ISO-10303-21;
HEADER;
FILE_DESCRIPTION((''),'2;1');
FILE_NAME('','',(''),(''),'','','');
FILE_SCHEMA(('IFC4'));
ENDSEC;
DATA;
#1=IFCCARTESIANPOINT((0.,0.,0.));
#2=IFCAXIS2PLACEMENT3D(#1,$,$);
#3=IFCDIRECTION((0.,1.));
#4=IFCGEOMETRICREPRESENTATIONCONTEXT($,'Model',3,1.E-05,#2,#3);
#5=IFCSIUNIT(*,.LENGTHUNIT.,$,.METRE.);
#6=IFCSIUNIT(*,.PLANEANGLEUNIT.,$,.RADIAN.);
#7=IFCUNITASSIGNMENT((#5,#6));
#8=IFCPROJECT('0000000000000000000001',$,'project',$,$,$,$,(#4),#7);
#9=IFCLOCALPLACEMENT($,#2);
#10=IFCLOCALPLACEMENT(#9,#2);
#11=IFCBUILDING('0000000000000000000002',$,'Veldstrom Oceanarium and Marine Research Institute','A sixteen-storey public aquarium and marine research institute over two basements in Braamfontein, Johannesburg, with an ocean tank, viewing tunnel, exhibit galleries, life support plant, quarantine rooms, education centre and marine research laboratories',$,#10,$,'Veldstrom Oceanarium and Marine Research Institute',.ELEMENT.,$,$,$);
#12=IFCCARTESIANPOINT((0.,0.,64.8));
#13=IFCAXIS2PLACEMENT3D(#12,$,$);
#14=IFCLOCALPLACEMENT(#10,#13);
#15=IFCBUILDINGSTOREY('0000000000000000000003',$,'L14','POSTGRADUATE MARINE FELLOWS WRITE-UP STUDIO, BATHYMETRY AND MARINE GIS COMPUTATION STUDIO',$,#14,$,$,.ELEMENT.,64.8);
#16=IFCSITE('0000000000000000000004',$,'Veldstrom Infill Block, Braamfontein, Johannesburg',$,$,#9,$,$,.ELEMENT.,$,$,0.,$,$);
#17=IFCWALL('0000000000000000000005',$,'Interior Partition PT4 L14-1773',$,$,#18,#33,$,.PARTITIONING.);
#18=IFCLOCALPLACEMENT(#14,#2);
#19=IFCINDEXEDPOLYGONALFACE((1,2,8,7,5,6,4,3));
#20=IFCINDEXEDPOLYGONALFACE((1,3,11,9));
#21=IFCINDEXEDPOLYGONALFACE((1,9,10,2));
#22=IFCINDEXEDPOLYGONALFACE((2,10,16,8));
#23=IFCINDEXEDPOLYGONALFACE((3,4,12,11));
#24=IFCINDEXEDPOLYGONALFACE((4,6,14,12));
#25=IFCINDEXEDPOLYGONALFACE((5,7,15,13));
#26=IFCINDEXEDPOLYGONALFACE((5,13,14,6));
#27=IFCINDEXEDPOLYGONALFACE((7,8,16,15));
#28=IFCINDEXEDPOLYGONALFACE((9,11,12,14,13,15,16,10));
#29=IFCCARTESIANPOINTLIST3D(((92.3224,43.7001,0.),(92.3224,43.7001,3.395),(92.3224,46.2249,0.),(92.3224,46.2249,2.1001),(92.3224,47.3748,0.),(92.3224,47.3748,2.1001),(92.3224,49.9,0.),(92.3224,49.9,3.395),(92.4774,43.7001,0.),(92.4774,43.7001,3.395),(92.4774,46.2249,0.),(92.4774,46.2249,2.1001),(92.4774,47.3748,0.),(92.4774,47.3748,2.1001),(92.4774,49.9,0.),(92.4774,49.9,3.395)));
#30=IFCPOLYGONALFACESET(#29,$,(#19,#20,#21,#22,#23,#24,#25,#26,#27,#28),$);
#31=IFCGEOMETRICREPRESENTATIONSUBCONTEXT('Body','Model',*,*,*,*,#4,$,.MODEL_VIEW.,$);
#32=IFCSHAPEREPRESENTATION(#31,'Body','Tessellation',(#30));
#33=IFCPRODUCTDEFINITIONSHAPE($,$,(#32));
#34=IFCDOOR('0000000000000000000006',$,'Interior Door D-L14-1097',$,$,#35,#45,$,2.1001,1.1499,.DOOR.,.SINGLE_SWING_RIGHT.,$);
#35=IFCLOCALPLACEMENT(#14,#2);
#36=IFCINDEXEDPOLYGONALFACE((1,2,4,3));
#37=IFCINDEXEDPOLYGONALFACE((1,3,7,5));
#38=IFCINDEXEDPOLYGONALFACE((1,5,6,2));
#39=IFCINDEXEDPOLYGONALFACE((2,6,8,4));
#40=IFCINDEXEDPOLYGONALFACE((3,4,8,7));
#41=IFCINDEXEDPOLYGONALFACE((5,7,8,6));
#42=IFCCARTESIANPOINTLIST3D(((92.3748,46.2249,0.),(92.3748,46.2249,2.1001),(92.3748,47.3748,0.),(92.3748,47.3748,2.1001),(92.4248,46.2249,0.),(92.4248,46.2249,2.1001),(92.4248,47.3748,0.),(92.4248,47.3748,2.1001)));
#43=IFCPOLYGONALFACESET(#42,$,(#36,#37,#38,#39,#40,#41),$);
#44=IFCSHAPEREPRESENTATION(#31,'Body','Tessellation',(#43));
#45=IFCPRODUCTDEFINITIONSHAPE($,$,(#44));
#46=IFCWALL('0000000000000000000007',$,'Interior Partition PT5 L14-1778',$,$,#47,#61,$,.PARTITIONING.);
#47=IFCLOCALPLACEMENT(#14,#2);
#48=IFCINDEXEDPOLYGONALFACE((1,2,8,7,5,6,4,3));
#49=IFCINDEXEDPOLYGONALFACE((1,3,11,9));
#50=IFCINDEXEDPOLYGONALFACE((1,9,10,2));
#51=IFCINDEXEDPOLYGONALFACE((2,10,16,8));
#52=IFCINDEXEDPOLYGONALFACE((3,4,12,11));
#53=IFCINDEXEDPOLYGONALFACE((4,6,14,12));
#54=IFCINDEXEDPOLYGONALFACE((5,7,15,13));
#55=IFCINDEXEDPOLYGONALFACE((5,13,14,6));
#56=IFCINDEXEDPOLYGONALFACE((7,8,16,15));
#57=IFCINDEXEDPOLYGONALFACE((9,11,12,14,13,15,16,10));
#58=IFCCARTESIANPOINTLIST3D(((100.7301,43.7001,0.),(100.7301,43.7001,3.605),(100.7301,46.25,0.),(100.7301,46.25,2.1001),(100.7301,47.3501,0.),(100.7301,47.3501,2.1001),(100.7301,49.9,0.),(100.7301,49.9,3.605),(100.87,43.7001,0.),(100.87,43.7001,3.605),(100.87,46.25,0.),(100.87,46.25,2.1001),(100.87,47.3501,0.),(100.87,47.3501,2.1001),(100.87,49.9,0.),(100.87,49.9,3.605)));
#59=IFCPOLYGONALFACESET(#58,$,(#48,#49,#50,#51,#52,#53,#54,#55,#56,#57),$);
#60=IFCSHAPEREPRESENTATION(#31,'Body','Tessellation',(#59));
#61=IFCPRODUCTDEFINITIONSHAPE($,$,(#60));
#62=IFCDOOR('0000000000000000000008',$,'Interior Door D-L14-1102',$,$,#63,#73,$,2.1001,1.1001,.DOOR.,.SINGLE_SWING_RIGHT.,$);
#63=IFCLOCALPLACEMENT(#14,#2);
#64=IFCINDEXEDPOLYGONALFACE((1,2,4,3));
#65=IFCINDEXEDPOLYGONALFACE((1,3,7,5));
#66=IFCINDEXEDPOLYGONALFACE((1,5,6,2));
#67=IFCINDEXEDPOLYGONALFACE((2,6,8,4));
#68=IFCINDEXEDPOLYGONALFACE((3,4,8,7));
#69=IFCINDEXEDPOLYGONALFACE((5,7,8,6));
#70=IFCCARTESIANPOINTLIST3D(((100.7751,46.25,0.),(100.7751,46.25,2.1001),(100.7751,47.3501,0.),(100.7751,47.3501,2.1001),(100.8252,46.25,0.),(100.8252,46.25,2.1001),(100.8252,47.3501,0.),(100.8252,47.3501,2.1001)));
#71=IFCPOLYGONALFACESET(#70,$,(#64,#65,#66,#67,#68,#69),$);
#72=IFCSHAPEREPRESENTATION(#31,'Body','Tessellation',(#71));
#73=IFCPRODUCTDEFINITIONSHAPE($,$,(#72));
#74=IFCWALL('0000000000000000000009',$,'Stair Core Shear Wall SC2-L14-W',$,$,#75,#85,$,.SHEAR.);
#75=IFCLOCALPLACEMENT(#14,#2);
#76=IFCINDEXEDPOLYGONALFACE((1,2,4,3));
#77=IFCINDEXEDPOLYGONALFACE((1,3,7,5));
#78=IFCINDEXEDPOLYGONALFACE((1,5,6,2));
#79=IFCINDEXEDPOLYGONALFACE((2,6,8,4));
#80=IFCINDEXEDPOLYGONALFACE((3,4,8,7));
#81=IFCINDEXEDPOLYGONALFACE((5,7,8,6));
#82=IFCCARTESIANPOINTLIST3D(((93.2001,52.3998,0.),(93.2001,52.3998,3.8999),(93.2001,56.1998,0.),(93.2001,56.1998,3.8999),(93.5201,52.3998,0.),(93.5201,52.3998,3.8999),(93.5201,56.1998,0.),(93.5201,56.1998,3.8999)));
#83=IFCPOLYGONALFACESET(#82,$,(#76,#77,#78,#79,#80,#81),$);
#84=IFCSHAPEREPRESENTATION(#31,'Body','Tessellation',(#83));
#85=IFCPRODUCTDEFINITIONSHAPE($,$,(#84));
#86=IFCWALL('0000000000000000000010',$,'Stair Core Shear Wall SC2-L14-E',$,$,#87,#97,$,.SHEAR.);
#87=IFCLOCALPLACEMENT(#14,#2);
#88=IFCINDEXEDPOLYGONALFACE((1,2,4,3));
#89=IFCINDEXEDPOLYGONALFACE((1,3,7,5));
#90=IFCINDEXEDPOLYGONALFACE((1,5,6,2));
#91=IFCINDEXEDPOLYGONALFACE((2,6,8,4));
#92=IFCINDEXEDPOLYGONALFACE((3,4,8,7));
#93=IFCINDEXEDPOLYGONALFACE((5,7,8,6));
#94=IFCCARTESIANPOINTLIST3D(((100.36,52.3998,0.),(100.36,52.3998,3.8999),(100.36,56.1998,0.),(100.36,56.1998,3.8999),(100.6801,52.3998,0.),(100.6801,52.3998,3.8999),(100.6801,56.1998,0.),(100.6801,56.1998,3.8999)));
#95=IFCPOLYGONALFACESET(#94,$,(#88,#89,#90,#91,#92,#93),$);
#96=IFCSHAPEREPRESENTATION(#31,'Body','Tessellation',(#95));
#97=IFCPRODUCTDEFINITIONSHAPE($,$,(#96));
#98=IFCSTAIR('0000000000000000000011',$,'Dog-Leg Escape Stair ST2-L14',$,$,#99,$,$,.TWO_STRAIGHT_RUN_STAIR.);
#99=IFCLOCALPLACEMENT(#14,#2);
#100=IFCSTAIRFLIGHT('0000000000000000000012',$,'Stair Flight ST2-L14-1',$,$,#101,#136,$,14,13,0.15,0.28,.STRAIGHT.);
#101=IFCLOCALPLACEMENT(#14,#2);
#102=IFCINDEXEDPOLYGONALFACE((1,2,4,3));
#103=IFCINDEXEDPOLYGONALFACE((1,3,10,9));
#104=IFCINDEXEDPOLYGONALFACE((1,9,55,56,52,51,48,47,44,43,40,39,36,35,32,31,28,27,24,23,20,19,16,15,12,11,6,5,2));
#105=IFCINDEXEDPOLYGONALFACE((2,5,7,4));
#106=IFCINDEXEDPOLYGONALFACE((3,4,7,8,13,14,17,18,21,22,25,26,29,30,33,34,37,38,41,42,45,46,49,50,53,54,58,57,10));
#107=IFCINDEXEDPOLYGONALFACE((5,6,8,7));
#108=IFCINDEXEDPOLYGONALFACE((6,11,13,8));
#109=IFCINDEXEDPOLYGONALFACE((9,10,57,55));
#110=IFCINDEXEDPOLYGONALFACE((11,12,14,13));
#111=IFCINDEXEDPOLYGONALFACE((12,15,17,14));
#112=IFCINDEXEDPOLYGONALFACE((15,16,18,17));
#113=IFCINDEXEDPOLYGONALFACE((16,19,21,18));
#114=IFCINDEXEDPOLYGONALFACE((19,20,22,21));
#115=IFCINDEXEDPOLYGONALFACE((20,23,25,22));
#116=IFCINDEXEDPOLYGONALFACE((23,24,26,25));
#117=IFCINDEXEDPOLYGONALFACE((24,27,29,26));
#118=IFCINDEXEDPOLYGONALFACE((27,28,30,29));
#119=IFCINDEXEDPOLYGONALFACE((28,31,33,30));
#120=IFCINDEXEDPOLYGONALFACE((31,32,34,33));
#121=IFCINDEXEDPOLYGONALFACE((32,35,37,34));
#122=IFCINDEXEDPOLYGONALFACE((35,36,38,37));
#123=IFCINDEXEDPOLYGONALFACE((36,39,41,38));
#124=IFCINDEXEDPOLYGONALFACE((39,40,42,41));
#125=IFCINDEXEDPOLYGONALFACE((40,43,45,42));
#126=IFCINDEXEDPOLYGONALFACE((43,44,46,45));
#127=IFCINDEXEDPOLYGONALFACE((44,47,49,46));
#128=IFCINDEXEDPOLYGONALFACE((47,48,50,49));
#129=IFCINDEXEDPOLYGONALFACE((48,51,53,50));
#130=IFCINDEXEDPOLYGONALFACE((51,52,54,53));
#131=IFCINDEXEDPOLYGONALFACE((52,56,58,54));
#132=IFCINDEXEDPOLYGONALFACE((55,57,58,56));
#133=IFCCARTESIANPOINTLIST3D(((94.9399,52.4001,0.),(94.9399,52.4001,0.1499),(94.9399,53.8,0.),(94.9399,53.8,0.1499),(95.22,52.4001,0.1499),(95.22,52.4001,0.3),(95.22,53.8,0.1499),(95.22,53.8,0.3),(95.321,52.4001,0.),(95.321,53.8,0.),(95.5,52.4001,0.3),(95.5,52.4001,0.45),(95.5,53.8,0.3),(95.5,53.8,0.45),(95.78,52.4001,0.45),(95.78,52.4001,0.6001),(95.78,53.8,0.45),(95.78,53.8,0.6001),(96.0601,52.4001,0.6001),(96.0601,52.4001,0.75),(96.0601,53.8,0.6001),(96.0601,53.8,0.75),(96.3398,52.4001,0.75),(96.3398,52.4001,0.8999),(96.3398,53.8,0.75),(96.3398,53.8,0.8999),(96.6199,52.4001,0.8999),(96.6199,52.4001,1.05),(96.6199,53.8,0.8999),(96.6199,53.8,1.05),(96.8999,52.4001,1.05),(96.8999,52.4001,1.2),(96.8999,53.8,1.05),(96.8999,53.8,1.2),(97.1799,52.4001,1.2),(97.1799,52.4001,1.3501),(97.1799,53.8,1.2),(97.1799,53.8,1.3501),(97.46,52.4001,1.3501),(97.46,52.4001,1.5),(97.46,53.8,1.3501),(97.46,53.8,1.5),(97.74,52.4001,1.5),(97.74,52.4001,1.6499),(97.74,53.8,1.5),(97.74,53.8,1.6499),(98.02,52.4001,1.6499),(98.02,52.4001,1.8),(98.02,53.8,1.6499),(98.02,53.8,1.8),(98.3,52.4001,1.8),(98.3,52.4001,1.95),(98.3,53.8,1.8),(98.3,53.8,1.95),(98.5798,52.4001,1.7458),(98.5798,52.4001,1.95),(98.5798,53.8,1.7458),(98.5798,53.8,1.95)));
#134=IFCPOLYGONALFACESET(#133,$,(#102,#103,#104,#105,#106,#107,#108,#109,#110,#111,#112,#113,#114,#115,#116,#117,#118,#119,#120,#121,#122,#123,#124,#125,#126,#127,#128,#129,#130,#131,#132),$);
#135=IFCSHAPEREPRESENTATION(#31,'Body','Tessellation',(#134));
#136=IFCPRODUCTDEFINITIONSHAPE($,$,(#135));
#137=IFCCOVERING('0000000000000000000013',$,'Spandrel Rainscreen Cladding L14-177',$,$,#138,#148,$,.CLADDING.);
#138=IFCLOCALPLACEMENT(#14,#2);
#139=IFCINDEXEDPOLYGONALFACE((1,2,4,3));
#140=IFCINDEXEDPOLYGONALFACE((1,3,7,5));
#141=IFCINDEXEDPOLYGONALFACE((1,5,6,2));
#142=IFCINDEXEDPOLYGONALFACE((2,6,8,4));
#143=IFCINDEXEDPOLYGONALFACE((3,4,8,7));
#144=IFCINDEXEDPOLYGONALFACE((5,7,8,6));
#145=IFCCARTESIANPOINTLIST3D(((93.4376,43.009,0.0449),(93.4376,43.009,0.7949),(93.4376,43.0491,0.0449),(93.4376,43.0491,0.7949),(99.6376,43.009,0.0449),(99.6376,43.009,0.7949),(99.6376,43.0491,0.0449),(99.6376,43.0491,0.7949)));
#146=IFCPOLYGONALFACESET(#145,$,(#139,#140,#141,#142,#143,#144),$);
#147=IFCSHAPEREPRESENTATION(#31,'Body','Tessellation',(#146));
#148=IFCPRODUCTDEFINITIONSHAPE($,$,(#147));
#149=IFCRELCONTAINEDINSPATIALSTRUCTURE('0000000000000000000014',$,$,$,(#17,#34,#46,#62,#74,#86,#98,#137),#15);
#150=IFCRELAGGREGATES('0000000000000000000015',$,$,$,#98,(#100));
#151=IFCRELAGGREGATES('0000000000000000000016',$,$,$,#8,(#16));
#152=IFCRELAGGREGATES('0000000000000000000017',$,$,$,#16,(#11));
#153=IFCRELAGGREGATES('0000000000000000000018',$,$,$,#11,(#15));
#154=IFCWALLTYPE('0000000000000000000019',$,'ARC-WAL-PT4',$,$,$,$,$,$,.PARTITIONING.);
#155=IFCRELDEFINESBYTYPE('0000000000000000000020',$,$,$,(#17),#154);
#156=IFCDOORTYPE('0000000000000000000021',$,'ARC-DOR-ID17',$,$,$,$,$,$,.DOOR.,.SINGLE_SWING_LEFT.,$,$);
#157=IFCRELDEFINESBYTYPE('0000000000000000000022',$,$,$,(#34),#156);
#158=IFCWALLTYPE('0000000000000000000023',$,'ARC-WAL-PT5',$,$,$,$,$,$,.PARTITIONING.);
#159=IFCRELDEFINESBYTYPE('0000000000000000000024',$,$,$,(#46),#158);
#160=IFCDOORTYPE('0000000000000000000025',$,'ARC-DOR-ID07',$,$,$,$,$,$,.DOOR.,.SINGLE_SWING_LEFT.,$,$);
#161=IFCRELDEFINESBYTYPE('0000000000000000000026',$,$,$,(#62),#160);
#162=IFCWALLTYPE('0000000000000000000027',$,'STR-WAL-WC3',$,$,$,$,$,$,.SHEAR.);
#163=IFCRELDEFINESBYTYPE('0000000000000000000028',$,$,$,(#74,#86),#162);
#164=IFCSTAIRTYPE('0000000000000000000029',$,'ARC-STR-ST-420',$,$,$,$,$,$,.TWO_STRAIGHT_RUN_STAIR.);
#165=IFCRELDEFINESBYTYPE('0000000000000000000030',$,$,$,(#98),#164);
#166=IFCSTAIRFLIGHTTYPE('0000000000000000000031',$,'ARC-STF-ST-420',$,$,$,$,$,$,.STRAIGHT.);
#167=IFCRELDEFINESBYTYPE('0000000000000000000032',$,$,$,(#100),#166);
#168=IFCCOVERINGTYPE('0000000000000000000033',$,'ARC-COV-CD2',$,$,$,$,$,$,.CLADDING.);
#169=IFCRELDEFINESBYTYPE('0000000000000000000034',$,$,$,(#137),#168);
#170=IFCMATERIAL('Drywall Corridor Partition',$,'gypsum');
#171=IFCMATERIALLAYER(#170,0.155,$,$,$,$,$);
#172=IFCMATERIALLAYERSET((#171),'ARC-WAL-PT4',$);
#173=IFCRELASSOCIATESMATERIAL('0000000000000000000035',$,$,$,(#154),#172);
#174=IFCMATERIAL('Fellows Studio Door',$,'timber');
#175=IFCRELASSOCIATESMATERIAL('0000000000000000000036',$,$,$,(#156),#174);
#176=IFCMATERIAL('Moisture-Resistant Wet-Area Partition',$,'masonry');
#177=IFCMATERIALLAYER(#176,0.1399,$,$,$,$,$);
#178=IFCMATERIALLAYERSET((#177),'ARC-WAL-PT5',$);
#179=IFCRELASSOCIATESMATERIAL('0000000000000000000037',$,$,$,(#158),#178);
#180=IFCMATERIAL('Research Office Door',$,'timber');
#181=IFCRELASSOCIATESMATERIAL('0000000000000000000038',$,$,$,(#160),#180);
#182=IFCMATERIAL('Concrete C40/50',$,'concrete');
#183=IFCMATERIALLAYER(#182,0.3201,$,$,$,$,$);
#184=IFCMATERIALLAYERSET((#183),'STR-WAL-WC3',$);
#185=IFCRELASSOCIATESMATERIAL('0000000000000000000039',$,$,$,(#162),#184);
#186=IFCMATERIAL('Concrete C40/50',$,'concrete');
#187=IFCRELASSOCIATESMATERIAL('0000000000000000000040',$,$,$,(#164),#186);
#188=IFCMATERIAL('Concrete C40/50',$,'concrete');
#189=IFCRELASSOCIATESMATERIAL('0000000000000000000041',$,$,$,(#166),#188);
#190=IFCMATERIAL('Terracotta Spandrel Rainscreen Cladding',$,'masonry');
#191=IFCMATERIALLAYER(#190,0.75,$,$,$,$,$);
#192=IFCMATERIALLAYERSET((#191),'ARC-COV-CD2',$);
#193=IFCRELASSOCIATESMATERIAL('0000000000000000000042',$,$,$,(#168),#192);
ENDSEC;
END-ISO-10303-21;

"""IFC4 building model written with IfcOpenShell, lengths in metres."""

from ifc_helpers import new_model, si_unit, direction, frame, frame_2d, origin, origin_2d, place, context, subcontext, project, spatial, polyline, rectangle, outline, extrude, material, layer, layer_set, type_object, element, fill, aggregate, save


model = new_model("IFC4")

# Units and contexts
model_context = context("Model", 3, precision=1e-05, world=origin(), true_north=direction((0.0, 1.0)))
body_context = subcontext(model_context, "Body", "Model", "MODEL_VIEW")
ifc_project = project(units=[si_unit("LENGTHUNIT", "METRE"), si_unit("PLANEANGLEUNIT", "RADIAN")], contexts=[model_context])

# Site, building, storey
site_placement = place(None, origin())
site = spatial("IfcSite", under=ifc_project, at=site_placement, Name="Veldstrom Infill Block, Braamfontein, Johannesburg", CompositionType="ELEMENT", RefElevation=0.0)
building_placement = place(site_placement, origin())
building = spatial("IfcBuilding", under=site, at=building_placement, Name="Veldstrom Oceanarium and Marine Research Institute", Description="A sixteen-storey public aquarium and marine research institute over two basements in Braamfontein, Johannesburg, with an ocean tank, viewing tunnel, exhibit galleries, life support plant, quarantine rooms, education centre and marine research laboratories", LongName="Veldstrom Oceanarium and Marine Research Institute", CompositionType="ELEMENT")
storey_placement = place(building_placement, frame((0.0, 0.0, 64.8)))
storey = spatial("IfcBuildingStorey", under=building, at=storey_placement, Name="L14", Description="POSTGRADUATE MARINE FELLOWS WRITE-UP STUDIO, BATHYMETRY AND MARINE GIS COMPUTATION STUDIO", CompositionType="ELEMENT", Elevation=64.8)

# Walls, openings, doors
ifc_material_1 = material(Name="Drywall Corridor Partition", Category="gypsum")
ifc_layer_1 = layer(ifc_material_1, 0.155)
ifc_layer_set_1 = layer_set([ifc_layer_1], Name="ARC-WAL-PT4")
wall_type_1 = type_object("IfcWallType", Name="ARC-WAL-PT4", PredefinedType="PARTITIONING", material=ifc_layer_set_1)
wall_1_placement = place(storey_placement, frame((92.3999, 43.7, 0.0), z_axis=(0.0, 0.0, 1.0), x_axis=(0.0, 1.0, 0.0)))
wall_1 = element("IfcWall", 1, at=wall_1_placement, inside=storey, type_object=wall_type_1, Name="Interior Partition PT4 L14-1773", PredefinedType="PARTITIONING", context=body_context, shape_type="SweptSolid", body=[
    extrude(rectangle(XDim=6.2, YDim=0.155, at=frame_2d((3.1001, 0.0))), origin(), (0.0, 0.0, 1.0), 3.395),
])
opening_1_placement = place(wall_1_placement, frame((2.5249, 0.0, 0.0)))
opening_1 = element("IfcOpeningElement", 2, at=opening_1_placement, cuts=wall_1, PredefinedType="OPENING", context=body_context, shape_type="SweptSolid", body=[
    extrude(rectangle(XDim=1.1499, YDim=2.1001, at=frame_2d((0.575, 1.05))), frame((0.0, 0.0874, 0.0), z_axis=(0.0, -1.0, 0.0), x_axis=(1.0, 0.0, 0.0)), (0.0, 0.0, 1.0), 0.175),
])
ifc_material_2 = material(Name="Fellows Studio Door", Category="timber")
door_type_1 = type_object("IfcDoorType", Name="ARC-DOR-ID17", OperationType="SINGLE_SWING_LEFT", PredefinedType="DOOR", material=ifc_material_2)
door_1_placement = place(opening_1_placement, frame((1.1499, 0.0, 0.0), z_axis=(0.0, 0.0, 1.0), x_axis=(-1.0, 0.0, 0.0)))
door_1 = element("IfcDoor", 3, at=door_1_placement, inside=storey, type_object=door_type_1, Name="Interior Door D-L14-1097", OperationType="SINGLE_SWING_RIGHT", OverallHeight=2.1001, OverallWidth=1.1499, PredefinedType="DOOR", context=body_context, shape_type="SweptSolid", body=[
    extrude(rectangle(XDim=1.1499, YDim=2.1001, at=frame_2d((0.575, 1.05))), frame((0.0, 0.0249, 0.0), z_axis=(0.0, -1.0, 0.0), x_axis=(1.0, 0.0, 0.0)), (0.0, 0.0, 1.0), 0.05),
])
fill(opening_1, door_1)
ifc_material_3 = material(Name="Moisture-Resistant Wet-Area Partition", Category="masonry")
ifc_layer_2 = layer(ifc_material_3, 0.1399)
ifc_layer_set_2 = layer_set([ifc_layer_2], Name="ARC-WAL-PT5")
wall_type_2 = type_object("IfcWallType", Name="ARC-WAL-PT5", PredefinedType="PARTITIONING", material=ifc_layer_set_2)
wall_2_placement = place(storey_placement, frame((100.8, 43.7, 0.0), z_axis=(0.0, 0.0, 1.0), x_axis=(0.0, 1.0, 0.0)))
wall_2 = element("IfcWall", 4, at=wall_2_placement, inside=storey, type_object=wall_type_2, Name="Interior Partition PT5 L14-1778", PredefinedType="PARTITIONING", context=body_context, shape_type="SweptSolid", body=[
    extrude(rectangle(XDim=6.2, YDim=0.1399, at=frame_2d((3.1001, 0.0))), origin(), (0.0, 0.0, 1.0), 3.605),
])
opening_2_placement = place(wall_2_placement, frame((2.55, 0.0, 0.0)))
opening_2 = element("IfcOpeningElement", 5, at=opening_2_placement, cuts=wall_2, PredefinedType="OPENING", context=body_context, shape_type="SweptSolid", body=[
    extrude(rectangle(XDim=1.1001, YDim=2.1001, at=frame_2d((0.55, 1.05))), frame((0.0, 0.0798, 0.0), z_axis=(0.0, -1.0, 0.0), x_axis=(1.0, 0.0, 0.0)), (0.0, 0.0, 1.0), 0.1599),
])
ifc_material_4 = material(Name="Research Office Door", Category="timber")
door_type_2 = type_object("IfcDoorType", Name="ARC-DOR-ID07", OperationType="SINGLE_SWING_LEFT", PredefinedType="DOOR", material=ifc_material_4)
door_2_placement = place(opening_2_placement, origin())
door_2 = element("IfcDoor", 6, at=door_2_placement, inside=storey, type_object=door_type_2, Name="Interior Door D-L14-1102", OperationType="SINGLE_SWING_RIGHT", OverallHeight=2.1001, OverallWidth=1.1001, PredefinedType="DOOR", context=body_context, shape_type="SweptSolid", body=[
    extrude(rectangle(XDim=1.1001, YDim=2.1001, at=frame_2d((0.55, 1.05))), frame((0.0, 0.0249, 0.0), z_axis=(0.0, -1.0, 0.0), x_axis=(1.0, 0.0, 0.0)), (0.0, 0.0, 1.0), 0.05),
])
fill(opening_2, door_2)
ifc_material_5 = material(Name="Concrete C40/50", Category="concrete")
ifc_layer_3 = layer(ifc_material_5, 0.3201)
ifc_layer_set_3 = layer_set([ifc_layer_3], Name="STR-WAL-WC3")
wall_type_3 = type_object("IfcWallType", Name="STR-WAL-WC3", PredefinedType="SHEAR", material=ifc_layer_set_3)

# Walls
for number, where, z_axis, x_axis, name in (
    (7, (93.3601, 52.3999, 0.0), (0.0, 0.0, 1.0), (0.0, 1.0, 0.0), "Stair Core Shear Wall SC2-L14-W"),
    (8, (100.52, 52.3999, 0.0), (0.0, 0.0, 1.0), (0.0, 1.0, 0.0), "Stair Core Shear Wall SC2-L14-E"),
):
    element("IfcWall", number, at=place(storey_placement, frame(where, z_axis=z_axis, x_axis=x_axis)), inside=storey, type_object=wall_type_3, Name=name, PredefinedType="SHEAR", context=body_context, shape_type="SweptSolid", body=[
        extrude(rectangle(XDim=3.8, YDim=0.3201, at=frame_2d((1.8999, 0.0))), origin(), (0.0, 0.0, 1.0), 3.8999),
    ])

# Stair, stair flight
ifc_material_6 = material(Name="Concrete C40/50", Category="concrete")
stair_type = type_object("IfcStairType", Name="ARC-STR-ST-420", PredefinedType="TWO_STRAIGHT_RUN_STAIR", material=ifc_material_6)
stair_placement = place(storey_placement, origin())
stair = element("IfcStair", 9, at=stair_placement, inside=storey, type_object=stair_type, Name="Dog-Leg Escape Stair ST2-L14", PredefinedType="TWO_STRAIGHT_RUN_STAIR")
ifc_material_7 = material(Name="Concrete C40/50", Category="concrete")
stair_flight_type = type_object("IfcStairFlightType", Name="ARC-STF-ST-420", PredefinedType="STRAIGHT", material=ifc_material_7)
stair_flight_placement = place(storey_placement, frame((94.9399, 53.1001, 0.0), z_axis=(0.0, 0.0, 1.0), x_axis=(1.0, 0.0, 0.0)))
stair_flight = element("IfcStairFlight", 10, at=stair_flight_placement, type_object=stair_flight_type, Name="Stair Flight ST2-L14-1", NumberOfRisers=14, NumberOfTreads=13, PredefinedType="STRAIGHT", RiserHeight=0.15, TreadLength=0.28, context=body_context, shape_type="SweptSolid", body=[
    extrude(outline(polyline([(0.0, 0.0), (0.0, 0.1499), (0.28, 0.1499), (0.28, 0.3), (0.5601, 0.3), (0.5601, 0.45), (0.8401, 0.45), (0.8401, 0.6001), (1.1201, 0.6001), (1.1201, 0.75), (1.3999, 0.75), (1.3999, 0.8999), (1.6799, 0.8999), (1.6799, 1.05), (1.96, 1.05), (1.96, 1.2), (2.24, 1.2), (2.24, 1.3501), (2.52, 1.3501), (2.52, 1.5), (2.8, 1.5), (2.8, 1.6499), (3.0801, 1.6499), (3.0801, 1.8), (3.3601, 1.8), (3.3601, 1.95), (3.6399, 1.95), (3.6399, 2.1001), (3.6399, 1.7458), (0.3811, 0.0), (0.0, 0.0)])), frame((0.0, 0.7, 0.0), z_axis=(0.0, -1.0, 0.0), x_axis=(1.0, 0.0, 0.0)), (0.0, 0.0, 1.0), 1.3999),
])
aggregate(stair, [stair_flight])

# Covering
ifc_material_8 = material(Name="Terracotta Spandrel Rainscreen Cladding", Category="masonry")
ifc_layer_4 = layer(ifc_material_8, 0.75)
ifc_layer_set_4 = layer_set([ifc_layer_4], Name="ARC-COV-CD2")
covering_type = type_object("IfcCoveringType", Name="ARC-COV-CD2", PredefinedType="CLADDING", material=ifc_layer_set_4)
covering_placement = place(storey_placement, frame((96.5376, 43.0291, 0.0449), z_axis=(0.0, 0.0, 1.0), x_axis=(1.0, 0.0, 0.0)))
element("IfcCovering", 11, at=covering_placement, inside=storey, type_object=covering_type, Name="Spandrel Rainscreen Cladding L14-177", PredefinedType="CLADDING", context=body_context, shape_type="SweptSolid", body=[
    extrude(rectangle(XDim=6.2, YDim=0.04, at=origin_2d()), origin(), (0.0, 0.0, 1.0), 0.75),
])

save(model, "model.ifc")
